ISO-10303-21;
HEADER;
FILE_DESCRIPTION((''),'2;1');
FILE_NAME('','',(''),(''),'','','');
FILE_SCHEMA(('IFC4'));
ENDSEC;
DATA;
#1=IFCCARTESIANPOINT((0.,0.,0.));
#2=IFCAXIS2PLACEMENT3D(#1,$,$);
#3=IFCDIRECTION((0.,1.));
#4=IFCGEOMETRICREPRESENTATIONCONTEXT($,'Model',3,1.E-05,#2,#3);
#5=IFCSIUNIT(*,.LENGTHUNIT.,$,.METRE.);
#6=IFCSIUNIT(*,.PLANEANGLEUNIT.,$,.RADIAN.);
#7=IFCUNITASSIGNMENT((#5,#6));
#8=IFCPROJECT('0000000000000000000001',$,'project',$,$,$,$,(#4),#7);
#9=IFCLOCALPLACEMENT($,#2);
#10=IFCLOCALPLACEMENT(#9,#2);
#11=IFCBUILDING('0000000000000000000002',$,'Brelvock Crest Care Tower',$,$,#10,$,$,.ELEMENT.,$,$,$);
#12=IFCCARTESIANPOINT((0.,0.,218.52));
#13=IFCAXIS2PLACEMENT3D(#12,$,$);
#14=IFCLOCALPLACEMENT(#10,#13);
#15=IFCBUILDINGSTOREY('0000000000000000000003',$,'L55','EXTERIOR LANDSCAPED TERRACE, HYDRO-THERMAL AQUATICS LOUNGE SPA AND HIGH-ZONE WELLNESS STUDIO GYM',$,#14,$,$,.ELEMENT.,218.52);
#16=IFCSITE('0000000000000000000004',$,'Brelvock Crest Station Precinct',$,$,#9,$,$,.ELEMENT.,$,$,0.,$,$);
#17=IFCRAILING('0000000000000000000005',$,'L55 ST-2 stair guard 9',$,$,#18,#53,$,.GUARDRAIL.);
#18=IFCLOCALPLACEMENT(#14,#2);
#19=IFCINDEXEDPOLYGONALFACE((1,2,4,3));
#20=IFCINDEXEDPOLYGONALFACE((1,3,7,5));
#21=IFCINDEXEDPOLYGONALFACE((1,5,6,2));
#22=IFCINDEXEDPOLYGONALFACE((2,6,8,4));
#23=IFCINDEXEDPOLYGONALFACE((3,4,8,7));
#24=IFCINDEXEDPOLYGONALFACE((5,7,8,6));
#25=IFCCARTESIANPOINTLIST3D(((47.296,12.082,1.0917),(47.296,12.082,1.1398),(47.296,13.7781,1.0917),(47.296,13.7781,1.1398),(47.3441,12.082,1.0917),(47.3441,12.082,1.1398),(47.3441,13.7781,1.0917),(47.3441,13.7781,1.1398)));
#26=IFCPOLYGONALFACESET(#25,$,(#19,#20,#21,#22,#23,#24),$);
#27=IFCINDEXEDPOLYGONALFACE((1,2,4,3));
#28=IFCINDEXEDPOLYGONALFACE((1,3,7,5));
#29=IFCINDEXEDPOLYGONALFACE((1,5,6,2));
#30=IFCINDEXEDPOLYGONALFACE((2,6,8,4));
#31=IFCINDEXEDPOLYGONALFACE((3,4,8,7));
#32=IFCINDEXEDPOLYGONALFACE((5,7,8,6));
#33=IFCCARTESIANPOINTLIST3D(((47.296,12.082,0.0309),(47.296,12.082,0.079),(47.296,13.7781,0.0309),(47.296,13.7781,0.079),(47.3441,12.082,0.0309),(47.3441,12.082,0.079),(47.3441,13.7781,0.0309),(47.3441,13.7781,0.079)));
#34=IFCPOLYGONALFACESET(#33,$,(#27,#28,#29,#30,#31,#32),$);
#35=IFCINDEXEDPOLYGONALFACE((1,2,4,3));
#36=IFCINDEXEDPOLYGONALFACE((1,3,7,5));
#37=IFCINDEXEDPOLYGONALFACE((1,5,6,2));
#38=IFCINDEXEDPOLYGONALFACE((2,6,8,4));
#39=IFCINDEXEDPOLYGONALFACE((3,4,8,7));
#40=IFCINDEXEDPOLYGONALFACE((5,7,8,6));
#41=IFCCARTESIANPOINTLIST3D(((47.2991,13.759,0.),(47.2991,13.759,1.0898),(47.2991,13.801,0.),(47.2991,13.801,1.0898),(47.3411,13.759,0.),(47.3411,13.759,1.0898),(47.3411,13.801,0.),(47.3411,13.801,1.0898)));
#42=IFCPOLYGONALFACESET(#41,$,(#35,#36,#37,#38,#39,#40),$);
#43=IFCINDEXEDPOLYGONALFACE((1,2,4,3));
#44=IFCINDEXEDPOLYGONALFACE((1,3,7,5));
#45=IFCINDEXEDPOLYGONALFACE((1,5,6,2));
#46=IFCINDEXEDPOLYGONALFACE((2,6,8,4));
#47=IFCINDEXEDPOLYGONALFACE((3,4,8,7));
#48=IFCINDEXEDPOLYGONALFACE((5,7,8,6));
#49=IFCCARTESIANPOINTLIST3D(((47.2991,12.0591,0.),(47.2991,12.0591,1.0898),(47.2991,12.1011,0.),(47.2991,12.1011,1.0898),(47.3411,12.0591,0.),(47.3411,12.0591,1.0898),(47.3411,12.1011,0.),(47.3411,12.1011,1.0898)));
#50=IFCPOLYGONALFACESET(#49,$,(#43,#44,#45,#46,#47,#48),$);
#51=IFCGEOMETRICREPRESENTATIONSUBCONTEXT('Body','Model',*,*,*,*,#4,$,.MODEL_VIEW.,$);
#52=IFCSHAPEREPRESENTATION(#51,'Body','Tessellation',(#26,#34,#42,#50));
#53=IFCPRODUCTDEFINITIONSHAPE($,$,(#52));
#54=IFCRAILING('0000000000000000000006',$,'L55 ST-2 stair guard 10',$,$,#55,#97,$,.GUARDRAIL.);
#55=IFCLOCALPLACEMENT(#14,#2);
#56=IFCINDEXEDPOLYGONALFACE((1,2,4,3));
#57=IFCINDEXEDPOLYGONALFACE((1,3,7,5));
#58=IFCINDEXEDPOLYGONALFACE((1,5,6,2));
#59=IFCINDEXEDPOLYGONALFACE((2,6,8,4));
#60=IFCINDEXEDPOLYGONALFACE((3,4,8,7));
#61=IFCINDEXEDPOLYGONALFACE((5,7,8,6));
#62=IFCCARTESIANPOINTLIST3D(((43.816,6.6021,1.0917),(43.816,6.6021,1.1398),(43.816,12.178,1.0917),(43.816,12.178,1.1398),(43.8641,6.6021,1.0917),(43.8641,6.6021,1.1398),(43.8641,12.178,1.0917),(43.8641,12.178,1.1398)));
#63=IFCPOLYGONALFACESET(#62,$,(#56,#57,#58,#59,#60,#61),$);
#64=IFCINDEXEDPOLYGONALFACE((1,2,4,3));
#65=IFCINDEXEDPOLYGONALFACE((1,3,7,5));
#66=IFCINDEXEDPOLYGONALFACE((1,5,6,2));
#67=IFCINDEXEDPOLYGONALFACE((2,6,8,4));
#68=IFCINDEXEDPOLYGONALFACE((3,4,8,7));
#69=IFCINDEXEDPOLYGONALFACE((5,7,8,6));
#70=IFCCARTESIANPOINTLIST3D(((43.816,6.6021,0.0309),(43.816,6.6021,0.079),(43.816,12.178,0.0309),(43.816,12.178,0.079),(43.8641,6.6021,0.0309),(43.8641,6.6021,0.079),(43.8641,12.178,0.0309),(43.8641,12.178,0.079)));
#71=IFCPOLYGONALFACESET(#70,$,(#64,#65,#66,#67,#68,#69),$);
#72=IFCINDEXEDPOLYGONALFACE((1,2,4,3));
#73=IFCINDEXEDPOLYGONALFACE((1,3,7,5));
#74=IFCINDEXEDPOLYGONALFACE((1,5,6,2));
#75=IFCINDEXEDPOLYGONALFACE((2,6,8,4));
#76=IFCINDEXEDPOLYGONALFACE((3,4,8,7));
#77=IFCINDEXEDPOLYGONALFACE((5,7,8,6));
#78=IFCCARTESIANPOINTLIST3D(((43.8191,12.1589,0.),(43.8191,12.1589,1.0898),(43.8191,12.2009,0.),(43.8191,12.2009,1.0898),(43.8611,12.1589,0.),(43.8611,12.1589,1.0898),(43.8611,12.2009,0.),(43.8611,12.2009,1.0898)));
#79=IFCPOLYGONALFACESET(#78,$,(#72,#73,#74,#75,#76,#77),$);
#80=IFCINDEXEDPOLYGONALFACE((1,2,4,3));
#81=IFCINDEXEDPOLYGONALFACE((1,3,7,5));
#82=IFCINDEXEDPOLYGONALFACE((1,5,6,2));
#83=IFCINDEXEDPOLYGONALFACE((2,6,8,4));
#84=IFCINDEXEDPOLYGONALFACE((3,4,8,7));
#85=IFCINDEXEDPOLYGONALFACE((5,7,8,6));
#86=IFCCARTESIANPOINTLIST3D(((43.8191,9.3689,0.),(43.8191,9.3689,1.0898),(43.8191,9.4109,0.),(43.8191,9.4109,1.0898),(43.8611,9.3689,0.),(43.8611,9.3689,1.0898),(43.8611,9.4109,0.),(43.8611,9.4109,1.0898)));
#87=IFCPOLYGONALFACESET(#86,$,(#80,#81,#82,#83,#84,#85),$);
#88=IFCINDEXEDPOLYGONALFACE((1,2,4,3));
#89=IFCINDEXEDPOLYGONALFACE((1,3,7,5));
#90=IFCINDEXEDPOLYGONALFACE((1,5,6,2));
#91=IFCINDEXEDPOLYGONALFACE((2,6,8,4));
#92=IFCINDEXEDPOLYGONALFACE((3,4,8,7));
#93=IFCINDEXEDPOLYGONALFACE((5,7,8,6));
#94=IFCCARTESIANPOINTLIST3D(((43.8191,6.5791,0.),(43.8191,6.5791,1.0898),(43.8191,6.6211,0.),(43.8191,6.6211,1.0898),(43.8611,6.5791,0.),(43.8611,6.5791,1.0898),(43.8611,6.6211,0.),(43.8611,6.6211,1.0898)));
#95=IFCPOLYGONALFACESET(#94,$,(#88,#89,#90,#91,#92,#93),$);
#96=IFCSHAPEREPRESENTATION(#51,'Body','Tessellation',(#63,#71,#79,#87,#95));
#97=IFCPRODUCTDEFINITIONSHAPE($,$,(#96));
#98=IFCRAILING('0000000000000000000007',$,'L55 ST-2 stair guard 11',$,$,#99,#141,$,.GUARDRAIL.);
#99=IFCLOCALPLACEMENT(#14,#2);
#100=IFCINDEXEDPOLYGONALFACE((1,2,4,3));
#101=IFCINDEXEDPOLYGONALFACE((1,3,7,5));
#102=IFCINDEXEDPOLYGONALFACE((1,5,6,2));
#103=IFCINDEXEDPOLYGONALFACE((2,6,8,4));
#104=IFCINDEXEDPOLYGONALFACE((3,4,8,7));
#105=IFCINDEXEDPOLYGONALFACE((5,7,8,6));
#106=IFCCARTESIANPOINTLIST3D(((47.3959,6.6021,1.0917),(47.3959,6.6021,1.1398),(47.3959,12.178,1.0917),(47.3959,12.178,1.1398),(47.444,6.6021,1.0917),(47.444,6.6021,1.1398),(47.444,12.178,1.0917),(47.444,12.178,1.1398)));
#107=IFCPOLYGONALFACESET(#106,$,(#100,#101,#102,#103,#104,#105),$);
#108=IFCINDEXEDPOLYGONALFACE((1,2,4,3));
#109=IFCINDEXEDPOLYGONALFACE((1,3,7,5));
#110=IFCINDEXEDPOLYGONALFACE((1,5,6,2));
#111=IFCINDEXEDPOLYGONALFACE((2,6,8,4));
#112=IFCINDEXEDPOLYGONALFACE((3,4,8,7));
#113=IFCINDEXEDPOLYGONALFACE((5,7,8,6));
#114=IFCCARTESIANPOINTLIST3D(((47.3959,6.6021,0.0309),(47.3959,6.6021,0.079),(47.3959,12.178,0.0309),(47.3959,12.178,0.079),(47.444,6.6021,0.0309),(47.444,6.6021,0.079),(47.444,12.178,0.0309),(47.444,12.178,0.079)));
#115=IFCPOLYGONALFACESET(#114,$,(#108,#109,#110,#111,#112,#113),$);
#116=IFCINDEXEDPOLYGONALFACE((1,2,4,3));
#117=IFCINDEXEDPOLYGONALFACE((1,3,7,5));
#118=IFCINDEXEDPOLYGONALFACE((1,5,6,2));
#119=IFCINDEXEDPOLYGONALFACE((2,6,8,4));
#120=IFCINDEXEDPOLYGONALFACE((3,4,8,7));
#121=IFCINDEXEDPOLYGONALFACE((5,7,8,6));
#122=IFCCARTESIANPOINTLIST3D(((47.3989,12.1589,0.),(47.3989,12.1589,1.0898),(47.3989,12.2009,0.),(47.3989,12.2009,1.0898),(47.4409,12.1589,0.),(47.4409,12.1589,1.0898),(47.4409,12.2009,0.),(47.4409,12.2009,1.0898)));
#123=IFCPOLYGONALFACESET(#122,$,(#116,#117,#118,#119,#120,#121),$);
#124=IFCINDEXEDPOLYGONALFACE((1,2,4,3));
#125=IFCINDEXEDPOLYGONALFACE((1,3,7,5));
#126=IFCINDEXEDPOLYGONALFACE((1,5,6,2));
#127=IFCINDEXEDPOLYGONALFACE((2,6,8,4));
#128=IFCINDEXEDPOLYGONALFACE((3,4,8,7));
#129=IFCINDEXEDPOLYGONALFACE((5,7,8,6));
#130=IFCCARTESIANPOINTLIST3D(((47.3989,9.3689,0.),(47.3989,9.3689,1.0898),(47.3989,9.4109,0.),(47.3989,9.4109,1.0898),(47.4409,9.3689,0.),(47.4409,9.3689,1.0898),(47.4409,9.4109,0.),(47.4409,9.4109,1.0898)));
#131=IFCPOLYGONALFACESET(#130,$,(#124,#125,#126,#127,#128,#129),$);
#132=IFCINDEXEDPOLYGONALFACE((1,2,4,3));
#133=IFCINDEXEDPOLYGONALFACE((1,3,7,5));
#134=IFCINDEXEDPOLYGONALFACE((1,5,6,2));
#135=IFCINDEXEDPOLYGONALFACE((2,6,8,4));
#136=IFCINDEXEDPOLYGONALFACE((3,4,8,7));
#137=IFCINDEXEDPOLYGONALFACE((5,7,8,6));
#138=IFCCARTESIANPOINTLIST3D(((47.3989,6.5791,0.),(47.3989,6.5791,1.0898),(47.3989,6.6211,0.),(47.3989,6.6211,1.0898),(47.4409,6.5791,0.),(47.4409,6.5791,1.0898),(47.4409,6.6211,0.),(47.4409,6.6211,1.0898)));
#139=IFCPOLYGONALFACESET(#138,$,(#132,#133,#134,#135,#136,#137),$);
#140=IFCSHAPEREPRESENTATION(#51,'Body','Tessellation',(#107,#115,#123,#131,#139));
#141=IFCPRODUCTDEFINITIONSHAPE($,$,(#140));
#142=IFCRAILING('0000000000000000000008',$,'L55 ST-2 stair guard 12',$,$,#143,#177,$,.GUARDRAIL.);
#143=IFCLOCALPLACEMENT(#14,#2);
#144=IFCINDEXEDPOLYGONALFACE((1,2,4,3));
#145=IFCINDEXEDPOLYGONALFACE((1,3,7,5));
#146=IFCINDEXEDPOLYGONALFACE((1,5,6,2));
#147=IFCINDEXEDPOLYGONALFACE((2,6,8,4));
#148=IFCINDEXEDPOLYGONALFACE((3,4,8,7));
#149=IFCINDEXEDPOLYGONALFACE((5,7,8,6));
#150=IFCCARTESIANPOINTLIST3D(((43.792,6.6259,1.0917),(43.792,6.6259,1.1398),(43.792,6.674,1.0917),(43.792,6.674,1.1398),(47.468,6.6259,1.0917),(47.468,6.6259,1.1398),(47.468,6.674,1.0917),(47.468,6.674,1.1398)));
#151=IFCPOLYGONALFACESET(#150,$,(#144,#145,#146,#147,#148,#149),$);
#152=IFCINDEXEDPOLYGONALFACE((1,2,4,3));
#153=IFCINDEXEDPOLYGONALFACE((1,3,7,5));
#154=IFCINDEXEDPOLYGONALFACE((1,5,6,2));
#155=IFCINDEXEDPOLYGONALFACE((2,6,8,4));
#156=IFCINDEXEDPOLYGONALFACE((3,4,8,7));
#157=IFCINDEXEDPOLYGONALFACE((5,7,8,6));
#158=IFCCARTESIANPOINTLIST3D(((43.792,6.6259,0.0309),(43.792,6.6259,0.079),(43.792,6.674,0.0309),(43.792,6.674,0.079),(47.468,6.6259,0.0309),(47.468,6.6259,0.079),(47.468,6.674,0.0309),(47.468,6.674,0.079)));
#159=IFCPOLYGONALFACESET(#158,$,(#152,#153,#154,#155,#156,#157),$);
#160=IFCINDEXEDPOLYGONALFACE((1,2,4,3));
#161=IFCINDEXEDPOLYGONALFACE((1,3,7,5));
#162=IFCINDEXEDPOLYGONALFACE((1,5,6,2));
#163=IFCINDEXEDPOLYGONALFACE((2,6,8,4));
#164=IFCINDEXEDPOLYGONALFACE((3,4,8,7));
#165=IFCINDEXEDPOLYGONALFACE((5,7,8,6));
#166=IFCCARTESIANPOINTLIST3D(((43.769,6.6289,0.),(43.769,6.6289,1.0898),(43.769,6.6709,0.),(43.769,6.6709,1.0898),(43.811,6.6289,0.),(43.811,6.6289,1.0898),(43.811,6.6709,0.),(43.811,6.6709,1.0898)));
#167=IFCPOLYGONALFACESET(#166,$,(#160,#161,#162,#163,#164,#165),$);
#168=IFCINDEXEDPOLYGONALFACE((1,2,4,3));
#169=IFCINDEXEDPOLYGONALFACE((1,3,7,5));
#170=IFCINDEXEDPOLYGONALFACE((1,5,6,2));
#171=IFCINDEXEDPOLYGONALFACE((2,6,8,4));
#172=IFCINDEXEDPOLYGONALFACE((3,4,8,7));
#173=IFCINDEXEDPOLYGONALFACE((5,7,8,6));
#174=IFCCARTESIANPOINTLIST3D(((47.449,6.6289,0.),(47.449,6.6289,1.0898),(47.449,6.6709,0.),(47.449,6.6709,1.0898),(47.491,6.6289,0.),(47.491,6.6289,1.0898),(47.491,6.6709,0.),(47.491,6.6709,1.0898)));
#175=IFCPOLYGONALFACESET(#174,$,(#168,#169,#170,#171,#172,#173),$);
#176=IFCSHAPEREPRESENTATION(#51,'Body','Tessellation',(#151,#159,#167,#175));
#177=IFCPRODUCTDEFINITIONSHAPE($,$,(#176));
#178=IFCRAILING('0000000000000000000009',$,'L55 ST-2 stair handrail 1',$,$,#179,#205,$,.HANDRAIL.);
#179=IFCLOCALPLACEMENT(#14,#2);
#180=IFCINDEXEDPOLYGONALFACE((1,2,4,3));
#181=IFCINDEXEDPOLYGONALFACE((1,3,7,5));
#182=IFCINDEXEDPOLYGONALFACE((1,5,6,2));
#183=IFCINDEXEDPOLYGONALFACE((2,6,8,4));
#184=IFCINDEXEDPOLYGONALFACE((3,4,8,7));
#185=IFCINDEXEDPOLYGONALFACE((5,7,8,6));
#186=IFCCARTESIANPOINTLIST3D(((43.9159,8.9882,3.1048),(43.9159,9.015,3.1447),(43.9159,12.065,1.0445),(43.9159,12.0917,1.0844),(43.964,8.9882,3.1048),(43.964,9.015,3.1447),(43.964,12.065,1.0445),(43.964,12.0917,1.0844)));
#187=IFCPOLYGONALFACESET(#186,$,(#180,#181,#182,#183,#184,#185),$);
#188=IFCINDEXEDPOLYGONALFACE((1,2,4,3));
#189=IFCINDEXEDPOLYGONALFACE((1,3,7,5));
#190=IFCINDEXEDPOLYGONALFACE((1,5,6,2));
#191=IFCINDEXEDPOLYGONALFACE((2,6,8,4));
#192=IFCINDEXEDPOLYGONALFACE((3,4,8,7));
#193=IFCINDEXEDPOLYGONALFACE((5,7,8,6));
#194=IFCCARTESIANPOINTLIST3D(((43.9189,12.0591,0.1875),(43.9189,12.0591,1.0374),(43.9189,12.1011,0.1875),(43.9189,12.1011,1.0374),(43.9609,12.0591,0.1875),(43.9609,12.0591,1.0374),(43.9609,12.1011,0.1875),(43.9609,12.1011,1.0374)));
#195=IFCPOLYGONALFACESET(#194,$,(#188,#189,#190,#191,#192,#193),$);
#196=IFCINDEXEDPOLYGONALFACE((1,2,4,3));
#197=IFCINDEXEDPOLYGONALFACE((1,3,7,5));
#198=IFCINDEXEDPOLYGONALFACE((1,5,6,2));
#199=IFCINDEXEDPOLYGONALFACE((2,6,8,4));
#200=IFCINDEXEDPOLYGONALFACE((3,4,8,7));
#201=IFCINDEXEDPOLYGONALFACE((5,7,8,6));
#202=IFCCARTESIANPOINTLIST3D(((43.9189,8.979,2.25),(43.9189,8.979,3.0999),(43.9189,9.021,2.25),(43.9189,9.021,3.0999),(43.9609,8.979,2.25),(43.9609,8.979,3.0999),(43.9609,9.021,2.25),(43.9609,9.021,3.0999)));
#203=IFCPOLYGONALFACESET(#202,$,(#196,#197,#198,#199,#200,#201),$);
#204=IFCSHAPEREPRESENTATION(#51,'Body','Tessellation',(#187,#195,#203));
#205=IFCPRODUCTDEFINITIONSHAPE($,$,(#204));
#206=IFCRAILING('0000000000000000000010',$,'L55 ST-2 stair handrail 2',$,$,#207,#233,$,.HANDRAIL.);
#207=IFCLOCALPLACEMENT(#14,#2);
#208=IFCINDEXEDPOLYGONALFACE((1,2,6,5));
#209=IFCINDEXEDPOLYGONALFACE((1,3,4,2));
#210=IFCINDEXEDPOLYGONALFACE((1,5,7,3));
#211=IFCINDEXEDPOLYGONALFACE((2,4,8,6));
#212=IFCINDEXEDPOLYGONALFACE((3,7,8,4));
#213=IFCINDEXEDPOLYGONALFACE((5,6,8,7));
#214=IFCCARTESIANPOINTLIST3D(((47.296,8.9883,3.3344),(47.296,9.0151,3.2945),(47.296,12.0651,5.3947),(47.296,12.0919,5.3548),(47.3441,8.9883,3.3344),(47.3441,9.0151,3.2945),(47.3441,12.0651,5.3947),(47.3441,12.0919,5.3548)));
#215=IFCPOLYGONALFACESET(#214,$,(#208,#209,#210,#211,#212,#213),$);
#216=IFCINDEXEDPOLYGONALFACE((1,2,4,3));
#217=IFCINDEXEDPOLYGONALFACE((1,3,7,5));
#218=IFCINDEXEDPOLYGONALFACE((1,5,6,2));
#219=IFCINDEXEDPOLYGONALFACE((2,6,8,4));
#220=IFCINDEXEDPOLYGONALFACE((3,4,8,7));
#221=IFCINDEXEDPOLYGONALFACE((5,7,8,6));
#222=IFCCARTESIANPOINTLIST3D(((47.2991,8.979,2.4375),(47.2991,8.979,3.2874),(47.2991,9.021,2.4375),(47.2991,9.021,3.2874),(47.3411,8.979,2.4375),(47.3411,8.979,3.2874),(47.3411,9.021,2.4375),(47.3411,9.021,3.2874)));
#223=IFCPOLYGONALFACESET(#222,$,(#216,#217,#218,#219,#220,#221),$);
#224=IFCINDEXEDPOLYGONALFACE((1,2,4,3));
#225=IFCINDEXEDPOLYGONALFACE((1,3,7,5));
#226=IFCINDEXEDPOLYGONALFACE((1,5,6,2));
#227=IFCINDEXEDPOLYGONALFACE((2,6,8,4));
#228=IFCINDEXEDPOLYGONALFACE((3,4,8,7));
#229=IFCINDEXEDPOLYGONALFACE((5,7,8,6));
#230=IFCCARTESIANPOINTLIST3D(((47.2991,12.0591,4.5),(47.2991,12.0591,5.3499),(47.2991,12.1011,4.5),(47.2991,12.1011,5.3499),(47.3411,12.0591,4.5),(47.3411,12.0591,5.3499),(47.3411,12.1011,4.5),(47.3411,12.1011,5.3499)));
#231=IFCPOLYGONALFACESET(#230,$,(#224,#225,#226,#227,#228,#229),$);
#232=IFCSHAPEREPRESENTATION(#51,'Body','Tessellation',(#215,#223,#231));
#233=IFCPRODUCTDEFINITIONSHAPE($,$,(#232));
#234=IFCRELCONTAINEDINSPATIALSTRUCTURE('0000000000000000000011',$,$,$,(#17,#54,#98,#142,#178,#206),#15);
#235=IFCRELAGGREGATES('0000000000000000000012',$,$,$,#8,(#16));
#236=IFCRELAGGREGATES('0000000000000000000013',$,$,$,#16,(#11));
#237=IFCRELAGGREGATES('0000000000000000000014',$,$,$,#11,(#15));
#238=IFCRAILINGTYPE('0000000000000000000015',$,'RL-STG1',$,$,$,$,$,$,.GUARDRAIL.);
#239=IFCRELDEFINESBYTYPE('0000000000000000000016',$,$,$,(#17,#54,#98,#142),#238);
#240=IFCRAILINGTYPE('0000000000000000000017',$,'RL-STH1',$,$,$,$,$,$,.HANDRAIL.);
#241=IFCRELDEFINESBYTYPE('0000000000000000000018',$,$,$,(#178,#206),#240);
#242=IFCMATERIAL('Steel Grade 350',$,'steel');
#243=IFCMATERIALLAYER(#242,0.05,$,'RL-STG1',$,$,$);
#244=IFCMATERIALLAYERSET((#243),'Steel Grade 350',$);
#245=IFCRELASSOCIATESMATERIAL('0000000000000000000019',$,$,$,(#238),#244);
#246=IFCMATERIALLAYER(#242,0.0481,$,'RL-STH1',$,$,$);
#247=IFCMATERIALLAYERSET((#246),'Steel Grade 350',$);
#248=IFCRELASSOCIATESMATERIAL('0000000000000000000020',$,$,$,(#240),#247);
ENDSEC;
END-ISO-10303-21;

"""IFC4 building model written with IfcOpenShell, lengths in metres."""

from ifc_helpers import new_model, si_unit, direction, frame, origin, origin_2d, place, context, subcontext, project, spatial, rectangle, extrude, material, layer, layer_set, type_object, element, save


model = new_model("IFC4")

# Units and contexts
model_context = context("Model", 3, precision=1e-05, world=origin(), true_north=direction((0.0, 1.0)))
body_context = subcontext(model_context, "Body", "Model", "MODEL_VIEW")
ifc_project = project(units=[si_unit("LENGTHUNIT", "METRE"), si_unit("PLANEANGLEUNIT", "RADIAN")], contexts=[model_context])

# Site, building, storey
site_placement = place(None, origin())
site = spatial("IfcSite", under=ifc_project, at=site_placement, Name="Brelvock Crest Station Precinct", CompositionType="ELEMENT", RefElevation=0.0)
building_placement = place(site_placement, origin())
building = spatial("IfcBuilding", under=site, at=building_placement, Name="Brelvock Crest Care Tower", CompositionType="ELEMENT")
storey_placement = place(building_placement, frame((0.0, 0.0, 218.52)))
storey = spatial("IfcBuildingStorey", under=building, at=storey_placement, Name="L55", Description="EXTERIOR LANDSCAPED TERRACE, HYDRO-THERMAL AQUATICS LOUNGE SPA AND HIGH-ZONE WELLNESS STUDIO GYM", CompositionType="ELEMENT", Elevation=218.52)

# Shared definitions
ifc_material_1 = material(Name="Steel Grade 350", Category="steel")

# Railings
ifc_layer_1 = layer(ifc_material_1, 0.05, Name="RL-STG1")
ifc_layer_set_1 = layer_set([ifc_layer_1], Name="Steel Grade 350")
railing_type_1 = type_object("IfcRailingType", Name="RL-STG1", PredefinedType="GUARDRAIL", material=ifc_layer_set_1)
for number, where, name in (
    (1, (47.3201, 13.78, 0.0), "L55 ST-2 stair guard 9"),
):
    element("IfcRailing", number, at=place(storey_placement, frame(where)), inside=storey, type_object=railing_type_1, Name=name, PredefinedType="GUARDRAIL", context=body_context, shape_type="SweptSolid", body=[
        extrude(rectangle(XDim=0.0481, YDim=0.0481, at=origin_2d()), frame((0.0, -0.002, 1.1157), z_axis=(0.0, -1.0, 0.0), x_axis=(1.0, 0.0, 0.0)), (0.0, 0.0, 1.0), 1.696),
        extrude(rectangle(XDim=0.0481, YDim=0.0481, at=origin_2d()), frame((0.0, -0.002, 0.0549), z_axis=(0.0, -1.0, 0.0), x_axis=(1.0, 0.0, 0.0)), (0.0, 0.0, 1.0), 1.696),
        extrude(rectangle(XDim=0.042, YDim=0.042, at=origin_2d()), origin(), (0.0, 0.0, 1.0), 1.0898),
        extrude(rectangle(XDim=0.042, YDim=0.042, at=origin_2d()), frame((0.0, -1.7, 0.0)), (0.0, 0.0, 1.0), 1.0898),
    ])
for number, where, name in (
    (2, (43.8401, 12.1799, 0.0), "L55 ST-2 stair guard 10"),
    (3, (47.4199, 12.1799, 0.0), "L55 ST-2 stair guard 11"),
):
    element("IfcRailing", number, at=place(storey_placement, frame(where)), inside=storey, type_object=railing_type_1, Name=name, PredefinedType="GUARDRAIL", context=body_context, shape_type="SweptSolid", body=[
        extrude(rectangle(XDim=0.0481, YDim=0.0481, at=origin_2d()), frame((0.0, -0.002, 1.1157), z_axis=(0.0, -1.0, 0.0), x_axis=(1.0, 0.0, 0.0)), (0.0, 0.0, 1.0), 5.5759),
        extrude(rectangle(XDim=0.0481, YDim=0.0481, at=origin_2d()), frame((0.0, -0.002, 0.0549), z_axis=(0.0, -1.0, 0.0), x_axis=(1.0, 0.0, 0.0)), (0.0, 0.0, 1.0), 5.5759),
        extrude(rectangle(XDim=0.042, YDim=0.042, at=origin_2d()), origin(), (0.0, 0.0, 1.0), 1.0898),
        extrude(rectangle(XDim=0.042, YDim=0.042, at=origin_2d()), frame((0.0, -2.79, 0.0)), (0.0, 0.0, 1.0), 1.0898),
        extrude(rectangle(XDim=0.042, YDim=0.042, at=origin_2d()), frame((0.0, -5.5798, 0.0)), (0.0, 0.0, 1.0), 1.0898),
    ])
railing_1_placement = place(storey_placement, frame((43.79, 6.6499, 0.0)))
element("IfcRailing", 4, at=railing_1_placement, inside=storey, type_object=railing_type_1, Name="L55 ST-2 stair guard 12", PredefinedType="GUARDRAIL", context=body_context, shape_type="SweptSolid", body=[
    extrude(rectangle(XDim=0.0481, YDim=0.0481, at=origin_2d()), frame((0.002, 0.0, 1.1157), z_axis=(1.0, 0.0, 0.0), x_axis=(0.0, 1.0, 0.0)), (0.0, 0.0, 1.0), 3.676),
    extrude(rectangle(XDim=0.0481, YDim=0.0481, at=origin_2d()), frame((0.002, 0.0, 0.0549), z_axis=(1.0, 0.0, 0.0), x_axis=(0.0, 1.0, 0.0)), (0.0, 0.0, 1.0), 3.676),
    extrude(rectangle(XDim=0.042, YDim=0.042, at=origin_2d()), origin(), (0.0, 0.0, 1.0), 1.0898),
    extrude(rectangle(XDim=0.042, YDim=0.042, at=origin_2d()), frame((3.6799, 0.0, 0.0)), (0.0, 0.0, 1.0), 1.0898),
])
ifc_layer_2 = layer(ifc_material_1, 0.0481, Name="RL-STH1")
ifc_layer_set_2 = layer_set([ifc_layer_2], Name="Steel Grade 350")
railing_type_2 = type_object("IfcRailingType", Name="RL-STH1", PredefinedType="HANDRAIL", material=ifc_layer_set_2)
railing_2_placement = place(storey_placement, frame((43.9399, 12.0801, 0.1875)))
element("IfcRailing", 5, at=railing_2_placement, inside=storey, type_object=railing_type_2, Name="L55 ST-2 stair handrail 1", PredefinedType="HANDRAIL", context=body_context, shape_type="SweptSolid", body=[
    extrude(rectangle(XDim=0.0481, YDim=0.0481, at=origin_2d()), frame((0.0, -0.0017, 0.877), z_axis=(0.0, -0.830914, 0.556401), x_axis=(1.0, 0.0, 0.0)), (0.0, 0.0, 1.0), 3.7029),
    extrude(rectangle(XDim=0.042, YDim=0.042, at=origin_2d()), origin(), (0.0, 0.0, 1.0), 0.8499),
    extrude(rectangle(XDim=0.042, YDim=0.042, at=origin_2d()), frame((0.0, -3.0801, 2.0625)), (0.0, 0.0, 1.0), 0.8499),
])
railing_3_placement = place(storey_placement, frame((47.3201, 9.0, 2.4375)))
element("IfcRailing", 6, at=railing_3_placement, inside=storey, type_object=railing_type_2, Name="L55 ST-2 stair handrail 2", PredefinedType="HANDRAIL", context=body_context, shape_type="SweptSolid", body=[
    extrude(rectangle(XDim=0.0481, YDim=0.0481, at=origin_2d()), frame((0.0, 0.0017, 0.877), z_axis=(0.0, 0.830914, 0.556401), x_axis=(-1.0, 0.0, 0.0)), (0.0, 0.0, 1.0), 3.7029),
    extrude(rectangle(XDim=0.042, YDim=0.042, at=origin_2d()), origin(), (0.0, 0.0, 1.0), 0.8499),
    extrude(rectangle(XDim=0.042, YDim=0.042, at=origin_2d()), frame((0.0, 3.0801, 2.0625)), (0.0, 0.0, 1.0), 0.8499),
])

save(model, "model.ifc")
